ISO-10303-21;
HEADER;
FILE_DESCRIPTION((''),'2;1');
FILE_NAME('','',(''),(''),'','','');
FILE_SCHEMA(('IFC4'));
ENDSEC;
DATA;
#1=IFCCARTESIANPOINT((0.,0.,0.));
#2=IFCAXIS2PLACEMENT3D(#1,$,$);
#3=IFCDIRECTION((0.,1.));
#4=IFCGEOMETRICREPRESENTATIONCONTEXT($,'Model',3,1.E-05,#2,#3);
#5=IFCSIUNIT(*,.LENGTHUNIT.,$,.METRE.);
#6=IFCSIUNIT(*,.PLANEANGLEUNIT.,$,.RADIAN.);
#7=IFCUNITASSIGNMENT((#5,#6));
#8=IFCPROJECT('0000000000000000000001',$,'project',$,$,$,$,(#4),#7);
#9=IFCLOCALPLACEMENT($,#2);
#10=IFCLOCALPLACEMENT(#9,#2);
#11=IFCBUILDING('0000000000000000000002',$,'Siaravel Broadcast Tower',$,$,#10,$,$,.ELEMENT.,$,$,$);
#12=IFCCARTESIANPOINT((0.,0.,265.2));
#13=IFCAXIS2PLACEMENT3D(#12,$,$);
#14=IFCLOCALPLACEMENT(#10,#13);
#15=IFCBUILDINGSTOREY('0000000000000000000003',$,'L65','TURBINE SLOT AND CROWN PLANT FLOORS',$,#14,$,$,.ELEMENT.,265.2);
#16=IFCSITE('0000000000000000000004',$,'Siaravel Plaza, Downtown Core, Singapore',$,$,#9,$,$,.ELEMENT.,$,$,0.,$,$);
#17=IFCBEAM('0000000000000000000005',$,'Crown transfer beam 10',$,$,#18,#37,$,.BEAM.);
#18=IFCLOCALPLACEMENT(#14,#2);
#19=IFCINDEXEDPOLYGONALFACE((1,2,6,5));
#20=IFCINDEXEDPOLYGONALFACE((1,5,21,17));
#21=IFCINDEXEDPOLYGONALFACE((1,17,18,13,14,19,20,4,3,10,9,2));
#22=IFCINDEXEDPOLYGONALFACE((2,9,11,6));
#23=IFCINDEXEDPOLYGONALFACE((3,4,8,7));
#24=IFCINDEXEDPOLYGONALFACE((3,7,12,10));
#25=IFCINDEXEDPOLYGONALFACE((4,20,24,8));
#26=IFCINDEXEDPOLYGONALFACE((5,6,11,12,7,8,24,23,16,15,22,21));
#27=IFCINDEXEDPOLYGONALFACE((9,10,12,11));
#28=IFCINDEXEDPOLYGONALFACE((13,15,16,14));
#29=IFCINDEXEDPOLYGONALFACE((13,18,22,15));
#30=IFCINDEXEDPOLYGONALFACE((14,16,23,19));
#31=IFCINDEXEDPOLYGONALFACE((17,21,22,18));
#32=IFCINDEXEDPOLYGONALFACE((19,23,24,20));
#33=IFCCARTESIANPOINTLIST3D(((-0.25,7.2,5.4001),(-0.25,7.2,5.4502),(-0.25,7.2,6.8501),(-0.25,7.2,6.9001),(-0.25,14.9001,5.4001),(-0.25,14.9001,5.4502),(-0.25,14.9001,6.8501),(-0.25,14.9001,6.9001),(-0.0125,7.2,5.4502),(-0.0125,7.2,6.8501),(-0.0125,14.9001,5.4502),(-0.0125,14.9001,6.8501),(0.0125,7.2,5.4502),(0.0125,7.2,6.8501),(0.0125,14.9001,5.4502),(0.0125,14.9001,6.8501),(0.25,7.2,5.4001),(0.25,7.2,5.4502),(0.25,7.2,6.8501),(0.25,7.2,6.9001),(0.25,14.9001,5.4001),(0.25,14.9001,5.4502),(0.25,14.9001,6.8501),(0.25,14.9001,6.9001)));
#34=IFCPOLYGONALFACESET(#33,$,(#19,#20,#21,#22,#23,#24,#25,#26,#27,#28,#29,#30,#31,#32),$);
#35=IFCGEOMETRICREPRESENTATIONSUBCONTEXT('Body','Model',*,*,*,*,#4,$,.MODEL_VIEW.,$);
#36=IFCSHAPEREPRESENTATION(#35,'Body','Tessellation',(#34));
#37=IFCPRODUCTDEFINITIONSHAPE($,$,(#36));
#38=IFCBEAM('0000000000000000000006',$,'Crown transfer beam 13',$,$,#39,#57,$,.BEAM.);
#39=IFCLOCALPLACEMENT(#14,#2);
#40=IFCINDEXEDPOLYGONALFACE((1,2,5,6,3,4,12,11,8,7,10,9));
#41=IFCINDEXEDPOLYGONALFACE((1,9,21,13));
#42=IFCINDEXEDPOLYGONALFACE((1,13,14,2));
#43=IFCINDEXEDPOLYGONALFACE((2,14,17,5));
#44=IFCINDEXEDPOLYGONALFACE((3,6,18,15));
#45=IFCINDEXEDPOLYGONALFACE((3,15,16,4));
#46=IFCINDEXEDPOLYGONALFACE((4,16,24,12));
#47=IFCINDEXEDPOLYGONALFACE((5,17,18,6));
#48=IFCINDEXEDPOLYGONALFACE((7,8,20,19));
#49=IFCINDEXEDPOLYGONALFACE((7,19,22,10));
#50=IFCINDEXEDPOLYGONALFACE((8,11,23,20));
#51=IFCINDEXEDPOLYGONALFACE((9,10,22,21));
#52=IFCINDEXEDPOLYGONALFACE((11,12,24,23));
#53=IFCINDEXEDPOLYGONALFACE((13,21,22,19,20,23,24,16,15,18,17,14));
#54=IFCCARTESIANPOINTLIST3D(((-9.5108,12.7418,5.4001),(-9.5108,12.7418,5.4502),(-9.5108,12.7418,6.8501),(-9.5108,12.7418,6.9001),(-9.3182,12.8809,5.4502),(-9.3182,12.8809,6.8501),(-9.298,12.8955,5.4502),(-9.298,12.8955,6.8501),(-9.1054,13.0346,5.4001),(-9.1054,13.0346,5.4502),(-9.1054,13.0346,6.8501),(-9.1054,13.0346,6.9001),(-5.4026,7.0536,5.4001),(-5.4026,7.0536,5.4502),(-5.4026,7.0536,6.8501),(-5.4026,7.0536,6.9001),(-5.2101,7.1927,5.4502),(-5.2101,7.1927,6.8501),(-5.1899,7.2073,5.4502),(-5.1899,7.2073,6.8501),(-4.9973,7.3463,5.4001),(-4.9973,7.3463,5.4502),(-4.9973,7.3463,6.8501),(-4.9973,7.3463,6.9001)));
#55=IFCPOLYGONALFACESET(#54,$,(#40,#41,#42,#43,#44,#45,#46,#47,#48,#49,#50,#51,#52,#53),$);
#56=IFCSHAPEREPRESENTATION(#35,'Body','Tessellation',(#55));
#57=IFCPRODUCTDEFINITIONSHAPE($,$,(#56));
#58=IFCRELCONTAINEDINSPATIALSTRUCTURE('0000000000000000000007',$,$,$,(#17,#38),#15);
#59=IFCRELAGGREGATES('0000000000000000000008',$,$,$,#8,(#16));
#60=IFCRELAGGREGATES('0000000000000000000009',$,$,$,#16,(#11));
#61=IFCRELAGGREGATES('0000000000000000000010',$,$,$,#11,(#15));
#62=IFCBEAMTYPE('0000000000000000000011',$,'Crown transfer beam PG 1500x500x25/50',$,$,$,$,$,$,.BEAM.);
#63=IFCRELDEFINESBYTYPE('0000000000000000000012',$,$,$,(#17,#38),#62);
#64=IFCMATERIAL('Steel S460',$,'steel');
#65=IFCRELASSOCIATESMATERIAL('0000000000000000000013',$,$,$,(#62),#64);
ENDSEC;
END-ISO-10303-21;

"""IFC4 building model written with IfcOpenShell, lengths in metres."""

from ifc_helpers import new_model, si_unit, direction, frame, origin, origin_2d, place, context, subcontext, project, spatial, i_section, extrude, material, material_profile, profile_set, type_object, element, save


model = new_model("IFC4")

# Units and contexts
model_context = context("Model", 3, precision=1e-05, world=origin(), true_north=direction((0.0, 1.0)))
body_context = subcontext(model_context, "Body", "Model", "MODEL_VIEW")
ifc_project = project(units=[si_unit("LENGTHUNIT", "METRE"), si_unit("PLANEANGLEUNIT", "RADIAN")], contexts=[model_context])

# Site, building, storey
site_placement = place(None, origin())
site = spatial("IfcSite", under=ifc_project, at=site_placement, Name="Siaravel Plaza, Downtown Core, Singapore", CompositionType="ELEMENT", RefElevation=0.0)
building_placement = place(site_placement, origin())
building = spatial("IfcBuilding", under=site, at=building_placement, Name="Siaravel Broadcast Tower", CompositionType="ELEMENT")
storey_placement = place(building_placement, frame((0.0, 0.0, 265.2)))
storey = spatial("IfcBuildingStorey", under=building, at=storey_placement, Name="L65", Description="TURBINE SLOT AND CROWN PLANT FLOORS", CompositionType="ELEMENT", Elevation=265.2)

# Beams
ifc_material_1 = material(Name="Steel S460", Category="steel")
ifc_material_profile_1 = material_profile(ifc_material_1, i_section(OverallWidth=0.5, OverallDepth=1.5, WebThickness=0.0249, FlangeThickness=0.05, at=origin_2d()))
ifc_profile_set_1 = profile_set([ifc_material_profile_1], Name="Steel S460")
beam_type_1 = type_object("IfcBeamType", Name="Crown transfer beam PG 1500x500x25/50", PredefinedType="BEAM", material=ifc_profile_set_1)
beam_1_placement = place(storey_placement, frame((0.0, 14.9001, 6.1501), z_axis=(0.0, -1.0, 0.0), x_axis=(1.0, 0.0, 0.0)))
element("IfcBeam", 1, at=beam_1_placement, inside=storey, type_object=beam_type_1, Name="Crown transfer beam 10", PredefinedType="BEAM", context=body_context, shape_type="SweptSolid", body=[
    extrude(i_section(OverallWidth=0.5, OverallDepth=1.5, WebThickness=0.0249, FlangeThickness=0.05, at=origin_2d()), origin(), (0.0, 0.0, 1.0), 7.7002),
])
beam_2_placement = place(storey_placement, frame((-9.3081, 12.8882, 6.1501), z_axis=(0.585489, -0.81068, 0.0), x_axis=(0.81068, 0.585489, 0.0)))
element("IfcBeam", 2, at=beam_2_placement, inside=storey, type_object=beam_type_1, Name="Crown transfer beam 13", PredefinedType="BEAM", context=body_context, shape_type="SweptSolid", body=[
    extrude(i_section(OverallWidth=0.5, OverallDepth=1.5, WebThickness=0.0249, FlangeThickness=0.05, at=origin_2d()), origin(), (0.0, 0.0, 1.0), 7.0166),
])

save(model, "model.ifc")
